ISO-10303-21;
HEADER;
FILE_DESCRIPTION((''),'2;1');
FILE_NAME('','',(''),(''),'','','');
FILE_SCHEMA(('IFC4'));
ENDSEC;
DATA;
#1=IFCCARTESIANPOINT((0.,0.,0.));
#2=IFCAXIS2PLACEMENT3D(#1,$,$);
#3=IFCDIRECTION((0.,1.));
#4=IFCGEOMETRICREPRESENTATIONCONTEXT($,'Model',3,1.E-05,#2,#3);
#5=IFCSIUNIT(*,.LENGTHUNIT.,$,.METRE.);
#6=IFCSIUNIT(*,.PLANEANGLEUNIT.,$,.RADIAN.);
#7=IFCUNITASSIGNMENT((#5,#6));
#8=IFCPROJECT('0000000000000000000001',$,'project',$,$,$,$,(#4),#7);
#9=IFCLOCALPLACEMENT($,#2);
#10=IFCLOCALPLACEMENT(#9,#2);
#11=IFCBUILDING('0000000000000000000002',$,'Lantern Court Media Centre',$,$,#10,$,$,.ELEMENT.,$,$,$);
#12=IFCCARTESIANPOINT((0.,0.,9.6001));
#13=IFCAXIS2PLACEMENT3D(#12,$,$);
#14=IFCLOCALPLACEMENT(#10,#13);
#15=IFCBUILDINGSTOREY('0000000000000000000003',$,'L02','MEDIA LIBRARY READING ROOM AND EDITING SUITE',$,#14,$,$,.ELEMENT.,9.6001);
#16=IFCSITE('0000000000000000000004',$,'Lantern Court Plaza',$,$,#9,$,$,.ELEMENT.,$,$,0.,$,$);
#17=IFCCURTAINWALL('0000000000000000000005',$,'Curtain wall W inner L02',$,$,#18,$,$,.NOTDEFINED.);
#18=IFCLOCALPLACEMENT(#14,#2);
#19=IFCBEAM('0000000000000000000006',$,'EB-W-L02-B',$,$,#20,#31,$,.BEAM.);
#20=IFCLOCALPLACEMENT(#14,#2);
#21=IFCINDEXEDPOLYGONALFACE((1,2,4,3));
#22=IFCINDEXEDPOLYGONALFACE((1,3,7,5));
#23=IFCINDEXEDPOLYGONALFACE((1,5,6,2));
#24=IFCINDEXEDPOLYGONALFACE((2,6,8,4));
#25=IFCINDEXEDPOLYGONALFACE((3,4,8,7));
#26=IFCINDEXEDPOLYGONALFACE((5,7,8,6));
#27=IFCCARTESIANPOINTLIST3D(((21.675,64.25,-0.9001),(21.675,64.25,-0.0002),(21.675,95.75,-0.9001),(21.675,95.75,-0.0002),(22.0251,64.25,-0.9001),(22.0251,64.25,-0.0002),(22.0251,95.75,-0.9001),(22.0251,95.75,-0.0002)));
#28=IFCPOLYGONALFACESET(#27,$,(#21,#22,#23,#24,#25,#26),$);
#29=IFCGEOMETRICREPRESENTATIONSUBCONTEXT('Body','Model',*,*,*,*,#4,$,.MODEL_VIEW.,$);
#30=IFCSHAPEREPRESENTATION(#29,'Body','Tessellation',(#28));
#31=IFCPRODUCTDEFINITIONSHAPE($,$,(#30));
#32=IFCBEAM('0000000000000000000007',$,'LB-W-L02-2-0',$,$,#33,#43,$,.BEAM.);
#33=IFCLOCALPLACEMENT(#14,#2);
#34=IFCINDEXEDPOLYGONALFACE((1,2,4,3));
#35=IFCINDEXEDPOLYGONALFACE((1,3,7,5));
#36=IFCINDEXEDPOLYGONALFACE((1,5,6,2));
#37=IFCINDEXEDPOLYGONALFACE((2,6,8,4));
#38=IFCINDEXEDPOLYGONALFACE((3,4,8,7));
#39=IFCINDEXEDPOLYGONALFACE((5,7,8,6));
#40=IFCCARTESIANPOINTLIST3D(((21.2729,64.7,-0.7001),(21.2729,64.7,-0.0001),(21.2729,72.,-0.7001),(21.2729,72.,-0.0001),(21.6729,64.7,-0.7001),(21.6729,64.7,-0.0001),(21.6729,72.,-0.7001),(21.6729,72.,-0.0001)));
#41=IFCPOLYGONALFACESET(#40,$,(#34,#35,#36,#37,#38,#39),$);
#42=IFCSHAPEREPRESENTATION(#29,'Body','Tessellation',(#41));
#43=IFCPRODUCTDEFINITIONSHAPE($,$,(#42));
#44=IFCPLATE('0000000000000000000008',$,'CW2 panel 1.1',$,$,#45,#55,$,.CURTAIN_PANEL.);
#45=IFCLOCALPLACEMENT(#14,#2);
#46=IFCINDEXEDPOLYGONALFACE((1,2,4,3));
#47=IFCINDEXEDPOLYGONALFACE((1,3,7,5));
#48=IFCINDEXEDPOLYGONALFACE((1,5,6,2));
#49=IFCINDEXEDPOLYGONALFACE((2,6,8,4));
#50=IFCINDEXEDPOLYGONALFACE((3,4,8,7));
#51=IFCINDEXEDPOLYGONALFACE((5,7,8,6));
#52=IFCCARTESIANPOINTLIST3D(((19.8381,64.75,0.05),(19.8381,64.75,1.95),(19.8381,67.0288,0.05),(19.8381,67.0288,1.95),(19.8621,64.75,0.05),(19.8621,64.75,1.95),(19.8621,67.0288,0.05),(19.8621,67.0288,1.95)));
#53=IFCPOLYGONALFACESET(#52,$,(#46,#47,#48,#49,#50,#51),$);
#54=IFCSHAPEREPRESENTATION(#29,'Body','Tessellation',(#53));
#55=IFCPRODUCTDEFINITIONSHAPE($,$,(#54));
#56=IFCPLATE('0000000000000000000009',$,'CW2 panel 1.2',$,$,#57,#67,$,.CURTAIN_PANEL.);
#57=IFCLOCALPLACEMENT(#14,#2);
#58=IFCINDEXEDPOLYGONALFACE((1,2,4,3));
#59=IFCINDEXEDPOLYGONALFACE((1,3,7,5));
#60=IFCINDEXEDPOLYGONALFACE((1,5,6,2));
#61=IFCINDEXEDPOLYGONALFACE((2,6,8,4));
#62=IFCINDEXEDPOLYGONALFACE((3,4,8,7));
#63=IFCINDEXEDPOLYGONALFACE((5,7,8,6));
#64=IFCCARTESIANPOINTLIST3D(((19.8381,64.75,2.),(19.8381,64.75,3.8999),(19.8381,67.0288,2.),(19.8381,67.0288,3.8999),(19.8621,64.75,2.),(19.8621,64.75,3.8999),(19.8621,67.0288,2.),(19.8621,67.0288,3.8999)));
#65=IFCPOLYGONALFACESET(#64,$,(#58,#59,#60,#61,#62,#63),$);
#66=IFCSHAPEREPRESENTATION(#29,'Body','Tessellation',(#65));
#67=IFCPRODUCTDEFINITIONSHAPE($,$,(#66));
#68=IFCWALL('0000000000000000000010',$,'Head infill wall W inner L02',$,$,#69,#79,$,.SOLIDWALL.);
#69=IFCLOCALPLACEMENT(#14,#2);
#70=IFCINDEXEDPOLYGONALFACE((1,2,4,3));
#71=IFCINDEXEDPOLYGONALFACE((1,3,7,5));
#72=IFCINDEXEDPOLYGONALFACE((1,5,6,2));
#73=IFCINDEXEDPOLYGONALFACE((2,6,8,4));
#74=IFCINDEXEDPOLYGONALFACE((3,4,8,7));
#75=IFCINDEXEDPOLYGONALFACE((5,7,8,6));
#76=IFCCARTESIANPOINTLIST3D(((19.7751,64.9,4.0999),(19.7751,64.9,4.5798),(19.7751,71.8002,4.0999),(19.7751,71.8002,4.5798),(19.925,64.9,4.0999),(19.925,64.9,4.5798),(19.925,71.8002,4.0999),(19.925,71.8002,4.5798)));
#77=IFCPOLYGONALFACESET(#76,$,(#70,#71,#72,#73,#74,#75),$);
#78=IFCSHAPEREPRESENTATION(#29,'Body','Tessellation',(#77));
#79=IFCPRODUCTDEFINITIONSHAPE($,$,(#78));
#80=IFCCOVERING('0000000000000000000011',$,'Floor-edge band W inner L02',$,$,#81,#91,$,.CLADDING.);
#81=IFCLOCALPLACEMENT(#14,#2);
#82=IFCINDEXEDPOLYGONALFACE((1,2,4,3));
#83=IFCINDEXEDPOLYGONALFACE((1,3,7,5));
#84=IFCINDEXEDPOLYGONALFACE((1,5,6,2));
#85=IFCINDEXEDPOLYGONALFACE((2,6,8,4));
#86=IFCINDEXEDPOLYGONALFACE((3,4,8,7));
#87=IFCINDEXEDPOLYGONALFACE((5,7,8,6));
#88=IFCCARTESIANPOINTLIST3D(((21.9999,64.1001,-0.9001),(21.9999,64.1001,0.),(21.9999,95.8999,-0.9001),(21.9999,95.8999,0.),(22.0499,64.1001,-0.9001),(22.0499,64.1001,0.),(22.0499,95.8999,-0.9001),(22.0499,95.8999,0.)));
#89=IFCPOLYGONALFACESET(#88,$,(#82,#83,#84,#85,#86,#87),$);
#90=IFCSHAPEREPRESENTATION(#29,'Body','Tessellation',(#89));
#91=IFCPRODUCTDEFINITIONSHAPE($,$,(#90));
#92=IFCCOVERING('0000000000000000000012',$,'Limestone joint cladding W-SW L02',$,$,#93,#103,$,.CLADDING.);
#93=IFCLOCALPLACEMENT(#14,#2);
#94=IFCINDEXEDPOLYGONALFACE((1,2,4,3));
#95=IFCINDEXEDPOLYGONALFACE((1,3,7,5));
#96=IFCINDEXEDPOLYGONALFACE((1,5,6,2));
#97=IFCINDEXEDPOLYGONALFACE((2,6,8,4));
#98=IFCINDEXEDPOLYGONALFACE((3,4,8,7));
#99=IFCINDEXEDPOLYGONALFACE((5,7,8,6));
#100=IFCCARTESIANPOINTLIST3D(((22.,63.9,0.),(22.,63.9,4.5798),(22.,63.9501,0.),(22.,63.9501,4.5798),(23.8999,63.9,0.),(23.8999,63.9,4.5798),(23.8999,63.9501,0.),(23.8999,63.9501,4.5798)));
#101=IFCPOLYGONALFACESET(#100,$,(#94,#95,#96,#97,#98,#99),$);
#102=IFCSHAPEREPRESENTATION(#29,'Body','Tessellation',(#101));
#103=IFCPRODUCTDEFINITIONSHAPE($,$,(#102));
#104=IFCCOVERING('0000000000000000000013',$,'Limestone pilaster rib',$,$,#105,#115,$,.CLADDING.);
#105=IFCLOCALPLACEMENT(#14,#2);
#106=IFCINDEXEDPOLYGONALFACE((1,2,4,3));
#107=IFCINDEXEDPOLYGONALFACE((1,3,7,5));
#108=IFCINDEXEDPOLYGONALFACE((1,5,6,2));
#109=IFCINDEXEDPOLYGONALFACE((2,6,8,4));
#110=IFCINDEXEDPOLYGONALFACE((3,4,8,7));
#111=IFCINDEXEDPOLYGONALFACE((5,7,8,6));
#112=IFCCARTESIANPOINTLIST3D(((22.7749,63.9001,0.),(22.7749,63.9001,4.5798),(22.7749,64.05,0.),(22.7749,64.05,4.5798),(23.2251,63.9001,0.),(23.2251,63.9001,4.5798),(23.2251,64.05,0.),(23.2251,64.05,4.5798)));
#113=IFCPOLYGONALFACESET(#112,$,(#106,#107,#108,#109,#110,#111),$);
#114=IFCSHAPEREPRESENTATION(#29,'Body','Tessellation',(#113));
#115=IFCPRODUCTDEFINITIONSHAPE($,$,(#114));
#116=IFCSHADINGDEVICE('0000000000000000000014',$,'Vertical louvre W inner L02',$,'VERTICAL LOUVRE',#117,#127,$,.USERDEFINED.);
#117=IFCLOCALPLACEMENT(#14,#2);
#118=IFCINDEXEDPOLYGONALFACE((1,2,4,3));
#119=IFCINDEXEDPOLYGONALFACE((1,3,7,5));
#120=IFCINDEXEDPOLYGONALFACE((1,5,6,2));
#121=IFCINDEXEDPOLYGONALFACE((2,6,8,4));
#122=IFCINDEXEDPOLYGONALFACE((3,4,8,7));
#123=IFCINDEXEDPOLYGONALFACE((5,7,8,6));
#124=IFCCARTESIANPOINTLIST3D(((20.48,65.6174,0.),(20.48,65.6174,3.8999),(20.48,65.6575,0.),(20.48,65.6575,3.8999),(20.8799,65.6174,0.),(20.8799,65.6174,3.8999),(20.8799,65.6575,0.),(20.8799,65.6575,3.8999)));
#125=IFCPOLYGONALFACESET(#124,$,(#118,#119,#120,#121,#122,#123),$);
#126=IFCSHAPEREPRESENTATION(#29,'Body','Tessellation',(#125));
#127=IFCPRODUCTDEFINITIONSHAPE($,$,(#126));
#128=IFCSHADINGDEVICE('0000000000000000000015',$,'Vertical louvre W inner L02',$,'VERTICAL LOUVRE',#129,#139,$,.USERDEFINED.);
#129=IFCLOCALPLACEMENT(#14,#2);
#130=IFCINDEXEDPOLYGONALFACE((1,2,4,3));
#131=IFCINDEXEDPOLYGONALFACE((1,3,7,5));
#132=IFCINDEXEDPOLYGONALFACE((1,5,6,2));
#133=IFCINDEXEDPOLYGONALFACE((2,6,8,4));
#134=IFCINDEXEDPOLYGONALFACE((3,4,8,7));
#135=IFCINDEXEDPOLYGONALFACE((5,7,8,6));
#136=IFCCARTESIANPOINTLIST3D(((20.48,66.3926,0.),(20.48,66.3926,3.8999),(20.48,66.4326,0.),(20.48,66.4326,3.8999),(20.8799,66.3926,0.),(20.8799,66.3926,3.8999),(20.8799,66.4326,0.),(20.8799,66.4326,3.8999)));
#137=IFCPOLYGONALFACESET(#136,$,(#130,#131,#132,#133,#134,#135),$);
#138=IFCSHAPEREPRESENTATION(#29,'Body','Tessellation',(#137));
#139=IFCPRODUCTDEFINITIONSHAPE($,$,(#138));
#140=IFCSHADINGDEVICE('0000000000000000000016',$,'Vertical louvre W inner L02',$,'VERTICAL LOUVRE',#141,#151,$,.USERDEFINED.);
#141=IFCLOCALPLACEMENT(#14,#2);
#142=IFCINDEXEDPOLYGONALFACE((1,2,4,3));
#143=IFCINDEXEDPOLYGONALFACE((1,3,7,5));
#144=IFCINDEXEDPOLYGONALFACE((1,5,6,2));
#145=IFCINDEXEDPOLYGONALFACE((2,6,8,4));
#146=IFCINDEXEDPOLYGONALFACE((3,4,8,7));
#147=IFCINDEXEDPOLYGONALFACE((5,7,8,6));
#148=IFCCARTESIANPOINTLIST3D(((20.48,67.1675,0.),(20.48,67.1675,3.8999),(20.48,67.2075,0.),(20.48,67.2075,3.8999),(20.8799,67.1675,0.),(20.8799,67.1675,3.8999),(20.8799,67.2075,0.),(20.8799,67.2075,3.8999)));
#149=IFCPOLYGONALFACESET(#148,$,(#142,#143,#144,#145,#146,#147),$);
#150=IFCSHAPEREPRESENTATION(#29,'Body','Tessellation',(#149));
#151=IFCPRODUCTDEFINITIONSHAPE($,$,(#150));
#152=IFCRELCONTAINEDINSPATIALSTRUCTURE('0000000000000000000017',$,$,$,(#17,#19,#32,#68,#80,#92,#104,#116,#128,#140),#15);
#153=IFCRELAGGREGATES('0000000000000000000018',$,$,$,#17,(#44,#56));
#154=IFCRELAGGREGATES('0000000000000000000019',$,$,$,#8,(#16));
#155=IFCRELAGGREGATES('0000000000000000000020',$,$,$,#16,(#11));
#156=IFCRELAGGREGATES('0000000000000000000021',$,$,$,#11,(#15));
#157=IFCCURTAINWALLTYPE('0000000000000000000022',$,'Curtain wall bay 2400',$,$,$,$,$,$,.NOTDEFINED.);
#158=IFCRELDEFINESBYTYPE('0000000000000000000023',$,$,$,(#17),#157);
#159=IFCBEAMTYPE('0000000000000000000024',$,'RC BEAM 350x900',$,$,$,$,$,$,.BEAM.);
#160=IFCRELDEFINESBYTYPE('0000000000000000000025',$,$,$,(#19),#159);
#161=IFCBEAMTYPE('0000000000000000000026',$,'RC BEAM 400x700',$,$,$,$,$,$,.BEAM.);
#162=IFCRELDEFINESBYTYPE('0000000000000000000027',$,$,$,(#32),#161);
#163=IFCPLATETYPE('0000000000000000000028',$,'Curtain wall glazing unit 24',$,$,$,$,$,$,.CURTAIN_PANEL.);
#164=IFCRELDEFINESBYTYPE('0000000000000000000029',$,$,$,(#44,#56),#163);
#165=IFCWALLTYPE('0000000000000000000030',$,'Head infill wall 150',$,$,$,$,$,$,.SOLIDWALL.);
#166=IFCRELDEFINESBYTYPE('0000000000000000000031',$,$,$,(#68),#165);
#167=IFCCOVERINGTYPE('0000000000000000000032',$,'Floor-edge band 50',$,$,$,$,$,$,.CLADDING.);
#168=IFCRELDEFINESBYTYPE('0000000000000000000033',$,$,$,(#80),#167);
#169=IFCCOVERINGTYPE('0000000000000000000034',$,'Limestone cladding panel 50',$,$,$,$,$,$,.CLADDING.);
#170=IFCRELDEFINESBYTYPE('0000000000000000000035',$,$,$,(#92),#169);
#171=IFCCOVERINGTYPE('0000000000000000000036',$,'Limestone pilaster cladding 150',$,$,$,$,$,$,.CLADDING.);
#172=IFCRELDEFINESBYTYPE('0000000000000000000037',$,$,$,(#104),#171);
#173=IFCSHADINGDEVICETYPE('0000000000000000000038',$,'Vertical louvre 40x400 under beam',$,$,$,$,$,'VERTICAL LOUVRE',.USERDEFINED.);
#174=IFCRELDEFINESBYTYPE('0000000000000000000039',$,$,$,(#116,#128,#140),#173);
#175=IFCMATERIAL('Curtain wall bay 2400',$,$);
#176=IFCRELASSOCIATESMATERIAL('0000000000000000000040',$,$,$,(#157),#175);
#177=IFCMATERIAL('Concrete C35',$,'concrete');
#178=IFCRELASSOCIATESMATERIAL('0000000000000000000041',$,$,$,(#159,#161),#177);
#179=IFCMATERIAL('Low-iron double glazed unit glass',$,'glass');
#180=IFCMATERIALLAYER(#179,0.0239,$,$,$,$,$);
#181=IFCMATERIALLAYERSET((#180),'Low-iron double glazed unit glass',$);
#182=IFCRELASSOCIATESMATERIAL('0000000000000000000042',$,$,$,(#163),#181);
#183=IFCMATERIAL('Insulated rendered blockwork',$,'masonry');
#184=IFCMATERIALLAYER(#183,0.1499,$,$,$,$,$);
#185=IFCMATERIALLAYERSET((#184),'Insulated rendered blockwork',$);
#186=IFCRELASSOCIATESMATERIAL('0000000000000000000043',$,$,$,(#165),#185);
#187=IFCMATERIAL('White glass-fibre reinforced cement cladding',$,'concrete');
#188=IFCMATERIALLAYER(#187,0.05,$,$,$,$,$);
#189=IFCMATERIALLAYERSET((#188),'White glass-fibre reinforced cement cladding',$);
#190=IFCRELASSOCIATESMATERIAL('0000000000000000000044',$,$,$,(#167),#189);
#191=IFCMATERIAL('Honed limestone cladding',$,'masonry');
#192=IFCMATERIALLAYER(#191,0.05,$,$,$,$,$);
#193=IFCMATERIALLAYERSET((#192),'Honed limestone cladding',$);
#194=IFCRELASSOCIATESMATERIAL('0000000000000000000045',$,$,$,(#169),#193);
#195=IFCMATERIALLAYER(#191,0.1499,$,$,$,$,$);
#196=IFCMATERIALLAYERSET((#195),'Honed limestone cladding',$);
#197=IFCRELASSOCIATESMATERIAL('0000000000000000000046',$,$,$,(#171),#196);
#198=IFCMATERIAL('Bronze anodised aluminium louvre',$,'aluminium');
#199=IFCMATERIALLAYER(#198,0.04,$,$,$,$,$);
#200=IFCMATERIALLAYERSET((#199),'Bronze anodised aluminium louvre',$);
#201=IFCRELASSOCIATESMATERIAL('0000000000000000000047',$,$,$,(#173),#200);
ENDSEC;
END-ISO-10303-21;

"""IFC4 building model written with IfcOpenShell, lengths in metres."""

from ifc_helpers import new_model, si_unit, direction, frame, frame_2d, origin, origin_2d, place, context, subcontext, project, spatial, rectangle, extrude, material, layer, layer_set, material_profile, profile_set, type_object, element, aggregate, save


model = new_model("IFC4")

# Units and contexts
model_context = context("Model", 3, precision=1e-05, world=origin(), true_north=direction((0.0, 1.0)))
body_context = subcontext(model_context, "Body", "Model", "MODEL_VIEW")
ifc_project = project(units=[si_unit("LENGTHUNIT", "METRE"), si_unit("PLANEANGLEUNIT", "RADIAN")], contexts=[model_context])

# Site, building, storey
site_placement = place(None, origin())
site = spatial("IfcSite", under=ifc_project, at=site_placement, Name="Lantern Court Plaza", CompositionType="ELEMENT", RefElevation=0.0)
building_placement = place(site_placement, origin())
building = spatial("IfcBuilding", under=site, at=building_placement, Name="Lantern Court Media Centre", CompositionType="ELEMENT")
storey_placement = place(building_placement, frame((0.0, 0.0, 9.6001)))
storey = spatial("IfcBuildingStorey", under=building, at=storey_placement, Name="L02", Description="MEDIA LIBRARY READING ROOM AND EDITING SUITE", CompositionType="ELEMENT", Elevation=9.6001)

# Shared definitions
ifc_material_1 = material(Name="Concrete C35", Category="concrete")

# Curtain wall
ifc_material_2 = material(Name="Curtain wall bay 2400")
curtain_wall_type = type_object("IfcCurtainWallType", Name="Curtain wall bay 2400", PredefinedType="NOTDEFINED", material=ifc_material_2)
curtain_wall_placement = place(storey_placement, origin())
curtain_wall = element("IfcCurtainWall", 1, at=curtain_wall_placement, inside=storey, type_object=curtain_wall_type, Name="Curtain wall W inner L02", PredefinedType="NOTDEFINED")

# Beams
ifc_material_profile_1 = material_profile(ifc_material_1, rectangle(XDim=0.3501, YDim=0.8999, at=origin_2d()), Name="RC 350x900")
ifc_profile_set_1 = profile_set([ifc_material_profile_1], Name="Concrete C35")
beam_type_1 = type_object("IfcBeamType", Name="RC BEAM 350x900", PredefinedType="BEAM", material=ifc_profile_set_1)
beam_1_placement = place(storey_placement, frame((21.8501, 64.25, -0.4502), z_axis=(0.0, 1.0, 0.0), x_axis=(-1.0, 0.0, 0.0)))
element("IfcBeam", 2, at=beam_1_placement, inside=storey, type_object=beam_type_1, Name="EB-W-L02-B", PredefinedType="BEAM", context=body_context, shape_type="SweptSolid", body=[
    extrude(rectangle(XDim=0.3501, YDim=0.8999, at=origin_2d()), origin(), (0.0, 0.0, 1.0), 31.5),
])
ifc_material_profile_2 = material_profile(ifc_material_1, rectangle(XDim=0.3999, YDim=0.7, at=origin_2d()), Name="RC 400x700")
ifc_profile_set_2 = profile_set([ifc_material_profile_2], Name="Concrete C35")
beam_type_2 = type_object("IfcBeamType", Name="RC BEAM 400x700", PredefinedType="BEAM", material=ifc_profile_set_2)
beam_2_placement = place(storey_placement, frame((21.4729, 64.7, -0.3501), z_axis=(0.0, 1.0, 0.0), x_axis=(-1.0, 0.0, 0.0)))
element("IfcBeam", 3, at=beam_2_placement, inside=storey, type_object=beam_type_2, Name="LB-W-L02-2-0", PredefinedType="BEAM", context=body_context, shape_type="SweptSolid", body=[
    extrude(rectangle(XDim=0.3999, YDim=0.7, at=origin_2d()), origin(), (0.0, 0.0, 1.0), 7.3),
])

# Plates
ifc_material_3 = material(Name="Low-iron double glazed unit glass", Category="glass")
ifc_layer_1 = layer(ifc_material_3, 0.0239)
ifc_layer_set_1 = layer_set([ifc_layer_1], Name="Low-iron double glazed unit glass")
plate_type = type_object("IfcPlateType", Name="Curtain wall glazing unit 24", PredefinedType="CURTAIN_PANEL", material=ifc_layer_set_1)
plate_1_placement = place(storey_placement, frame((19.8501, 65.8894, 0.05), z_axis=(0.0, 0.0, 1.0), x_axis=(0.0, 1.0, 0.0)))
plate_1 = element("IfcPlate", 4, at=plate_1_placement, type_object=plate_type, Name="CW2 panel 1.1", PredefinedType="CURTAIN_PANEL", context=body_context, shape_type="SweptSolid", body=[
    extrude(rectangle(XDim=2.2788, YDim=0.0239, at=origin_2d()), origin(), (0.0, 0.0, 1.0), 1.8999),
])
plate_2_placement = place(storey_placement, frame((19.8501, 65.8894, 2.0), z_axis=(0.0, 0.0, 1.0), x_axis=(0.0, 1.0, 0.0)))
plate_2 = element("IfcPlate", 5, at=plate_2_placement, type_object=plate_type, Name="CW2 panel 1.2", PredefinedType="CURTAIN_PANEL", context=body_context, shape_type="SweptSolid", body=[
    extrude(rectangle(XDim=2.2788, YDim=0.0239, at=origin_2d()), origin(), (0.0, 0.0, 1.0), 1.8999),
])
aggregate(curtain_wall, [plate_1, plate_2])

# Wall
ifc_material_4 = material(Name="Insulated rendered blockwork", Category="masonry")
ifc_layer_2 = layer(ifc_material_4, 0.1499)
ifc_layer_set_2 = layer_set([ifc_layer_2], Name="Insulated rendered blockwork")
wall_type = type_object("IfcWallType", Name="Head infill wall 150", PredefinedType="SOLIDWALL", material=ifc_layer_set_2)
wall_placement = place(storey_placement, frame((19.8501, 64.8999, 4.0999), z_axis=(0.0, 0.0, 1.0), x_axis=(0.0, 1.0, 0.0)))
element("IfcWall", 6, at=wall_placement, inside=storey, type_object=wall_type, Name="Head infill wall W inner L02", PredefinedType="SOLIDWALL", context=body_context, shape_type="SweptSolid", body=[
    extrude(rectangle(XDim=6.9001, YDim=0.1499, at=frame_2d((3.4502, 0.0))), origin(), (0.0, 0.0, 1.0), 0.48),
])

# Covering
ifc_material_5 = material(Name="White glass-fibre reinforced cement cladding", Category="concrete")
ifc_layer_3 = layer(ifc_material_5, 0.05)
ifc_layer_set_3 = layer_set([ifc_layer_3], Name="White glass-fibre reinforced cement cladding")
covering_type_1 = type_object("IfcCoveringType", Name="Floor-edge band 50", PredefinedType="CLADDING", material=ifc_layer_set_3)
covering_1_placement = place(storey_placement, frame((22.0249, 64.1001, -0.9001), z_axis=(0.0, 0.0, 1.0), x_axis=(0.0, 1.0, 0.0)))
element("IfcCovering", 7, at=covering_1_placement, inside=storey, type_object=covering_type_1, Name="Floor-edge band W inner L02", PredefinedType="CLADDING", context=body_context, shape_type="SweptSolid", body=[
    extrude(rectangle(XDim=31.7998, YDim=0.05, at=frame_2d((15.8999, 0.0))), origin(), (0.0, 0.0, 1.0), 0.9001),
])

# Coverings
ifc_material_6 = material(Name="Honed limestone cladding", Category="masonry")
ifc_layer_4 = layer(ifc_material_6, 0.05)
ifc_layer_set_4 = layer_set([ifc_layer_4], Name="Honed limestone cladding")
covering_type_2 = type_object("IfcCoveringType", Name="Limestone cladding panel 50", PredefinedType="CLADDING", material=ifc_layer_set_4)
covering_2_placement = place(storey_placement, frame((22.0, 63.925, 0.0), z_axis=(0.0, 0.0, 1.0), x_axis=(1.0, 0.0, 0.0)))
element("IfcCovering", 8, at=covering_2_placement, inside=storey, type_object=covering_type_2, Name="Limestone joint cladding W-SW L02", PredefinedType="CLADDING", context=body_context, shape_type="SweptSolid", body=[
    extrude(rectangle(XDim=1.8999, YDim=0.05, at=frame_2d((0.95, 0.0))), origin(), (0.0, 0.0, 1.0), 4.5798),
])
ifc_layer_5 = layer(ifc_material_6, 0.1499)
ifc_layer_set_5 = layer_set([ifc_layer_5], Name="Honed limestone cladding")
covering_type_3 = type_object("IfcCoveringType", Name="Limestone pilaster cladding 150", PredefinedType="CLADDING", material=ifc_layer_set_5)
covering_3_placement = place(storey_placement, frame((22.7749, 63.9751, 0.0), z_axis=(0.0, 0.0, 1.0), x_axis=(1.0, 0.0, 0.0)))
element("IfcCovering", 9, at=covering_3_placement, inside=storey, type_object=covering_type_3, Name="Limestone pilaster rib", PredefinedType="CLADDING", context=body_context, shape_type="SweptSolid", body=[
    extrude(rectangle(XDim=0.4502, YDim=0.1499, at=frame_2d((0.2251, 0.0))), origin(), (0.0, 0.0, 1.0), 4.5798),
])

# Shading devices
ifc_material_7 = material(Name="Bronze anodised aluminium louvre", Category="aluminium")
ifc_layer_6 = layer(ifc_material_7, 0.04)
ifc_layer_set_6 = layer_set([ifc_layer_6], Name="Bronze anodised aluminium louvre")
shading_device_type = type_object("IfcShadingDeviceType", Name="Vertical louvre 40x400 under beam", ElementType="VERTICAL LOUVRE", PredefinedType="USERDEFINED", material=ifc_layer_set_6)
for number, where, z_axis, x_axis, name in (
    (10, (20.6799, 65.6375, 0.0), (0.0, 0.0, 1.0), (1.0, 0.0, 0.0), "Vertical louvre W inner L02"),
    (11, (20.6799, 66.4126, 0.0), (0.0, 0.0, 1.0), (1.0, 0.0, 0.0), "Vertical louvre W inner L02"),
    (12, (20.6799, 67.1875, 0.0), (0.0, 0.0, 1.0), (1.0, 0.0, 0.0), "Vertical louvre W inner L02"),
):
    element("IfcShadingDevice", number, at=place(storey_placement, frame(where, z_axis=z_axis, x_axis=x_axis)), inside=storey, type_object=shading_device_type, Name=name, ObjectType="VERTICAL LOUVRE", PredefinedType="USERDEFINED", context=body_context, shape_type="SweptSolid", body=[
        extrude(rectangle(XDim=0.3999, YDim=0.04, at=origin_2d()), origin(), (0.0, 0.0, 1.0), 3.8999),
    ])

save(model, "model.ifc")
